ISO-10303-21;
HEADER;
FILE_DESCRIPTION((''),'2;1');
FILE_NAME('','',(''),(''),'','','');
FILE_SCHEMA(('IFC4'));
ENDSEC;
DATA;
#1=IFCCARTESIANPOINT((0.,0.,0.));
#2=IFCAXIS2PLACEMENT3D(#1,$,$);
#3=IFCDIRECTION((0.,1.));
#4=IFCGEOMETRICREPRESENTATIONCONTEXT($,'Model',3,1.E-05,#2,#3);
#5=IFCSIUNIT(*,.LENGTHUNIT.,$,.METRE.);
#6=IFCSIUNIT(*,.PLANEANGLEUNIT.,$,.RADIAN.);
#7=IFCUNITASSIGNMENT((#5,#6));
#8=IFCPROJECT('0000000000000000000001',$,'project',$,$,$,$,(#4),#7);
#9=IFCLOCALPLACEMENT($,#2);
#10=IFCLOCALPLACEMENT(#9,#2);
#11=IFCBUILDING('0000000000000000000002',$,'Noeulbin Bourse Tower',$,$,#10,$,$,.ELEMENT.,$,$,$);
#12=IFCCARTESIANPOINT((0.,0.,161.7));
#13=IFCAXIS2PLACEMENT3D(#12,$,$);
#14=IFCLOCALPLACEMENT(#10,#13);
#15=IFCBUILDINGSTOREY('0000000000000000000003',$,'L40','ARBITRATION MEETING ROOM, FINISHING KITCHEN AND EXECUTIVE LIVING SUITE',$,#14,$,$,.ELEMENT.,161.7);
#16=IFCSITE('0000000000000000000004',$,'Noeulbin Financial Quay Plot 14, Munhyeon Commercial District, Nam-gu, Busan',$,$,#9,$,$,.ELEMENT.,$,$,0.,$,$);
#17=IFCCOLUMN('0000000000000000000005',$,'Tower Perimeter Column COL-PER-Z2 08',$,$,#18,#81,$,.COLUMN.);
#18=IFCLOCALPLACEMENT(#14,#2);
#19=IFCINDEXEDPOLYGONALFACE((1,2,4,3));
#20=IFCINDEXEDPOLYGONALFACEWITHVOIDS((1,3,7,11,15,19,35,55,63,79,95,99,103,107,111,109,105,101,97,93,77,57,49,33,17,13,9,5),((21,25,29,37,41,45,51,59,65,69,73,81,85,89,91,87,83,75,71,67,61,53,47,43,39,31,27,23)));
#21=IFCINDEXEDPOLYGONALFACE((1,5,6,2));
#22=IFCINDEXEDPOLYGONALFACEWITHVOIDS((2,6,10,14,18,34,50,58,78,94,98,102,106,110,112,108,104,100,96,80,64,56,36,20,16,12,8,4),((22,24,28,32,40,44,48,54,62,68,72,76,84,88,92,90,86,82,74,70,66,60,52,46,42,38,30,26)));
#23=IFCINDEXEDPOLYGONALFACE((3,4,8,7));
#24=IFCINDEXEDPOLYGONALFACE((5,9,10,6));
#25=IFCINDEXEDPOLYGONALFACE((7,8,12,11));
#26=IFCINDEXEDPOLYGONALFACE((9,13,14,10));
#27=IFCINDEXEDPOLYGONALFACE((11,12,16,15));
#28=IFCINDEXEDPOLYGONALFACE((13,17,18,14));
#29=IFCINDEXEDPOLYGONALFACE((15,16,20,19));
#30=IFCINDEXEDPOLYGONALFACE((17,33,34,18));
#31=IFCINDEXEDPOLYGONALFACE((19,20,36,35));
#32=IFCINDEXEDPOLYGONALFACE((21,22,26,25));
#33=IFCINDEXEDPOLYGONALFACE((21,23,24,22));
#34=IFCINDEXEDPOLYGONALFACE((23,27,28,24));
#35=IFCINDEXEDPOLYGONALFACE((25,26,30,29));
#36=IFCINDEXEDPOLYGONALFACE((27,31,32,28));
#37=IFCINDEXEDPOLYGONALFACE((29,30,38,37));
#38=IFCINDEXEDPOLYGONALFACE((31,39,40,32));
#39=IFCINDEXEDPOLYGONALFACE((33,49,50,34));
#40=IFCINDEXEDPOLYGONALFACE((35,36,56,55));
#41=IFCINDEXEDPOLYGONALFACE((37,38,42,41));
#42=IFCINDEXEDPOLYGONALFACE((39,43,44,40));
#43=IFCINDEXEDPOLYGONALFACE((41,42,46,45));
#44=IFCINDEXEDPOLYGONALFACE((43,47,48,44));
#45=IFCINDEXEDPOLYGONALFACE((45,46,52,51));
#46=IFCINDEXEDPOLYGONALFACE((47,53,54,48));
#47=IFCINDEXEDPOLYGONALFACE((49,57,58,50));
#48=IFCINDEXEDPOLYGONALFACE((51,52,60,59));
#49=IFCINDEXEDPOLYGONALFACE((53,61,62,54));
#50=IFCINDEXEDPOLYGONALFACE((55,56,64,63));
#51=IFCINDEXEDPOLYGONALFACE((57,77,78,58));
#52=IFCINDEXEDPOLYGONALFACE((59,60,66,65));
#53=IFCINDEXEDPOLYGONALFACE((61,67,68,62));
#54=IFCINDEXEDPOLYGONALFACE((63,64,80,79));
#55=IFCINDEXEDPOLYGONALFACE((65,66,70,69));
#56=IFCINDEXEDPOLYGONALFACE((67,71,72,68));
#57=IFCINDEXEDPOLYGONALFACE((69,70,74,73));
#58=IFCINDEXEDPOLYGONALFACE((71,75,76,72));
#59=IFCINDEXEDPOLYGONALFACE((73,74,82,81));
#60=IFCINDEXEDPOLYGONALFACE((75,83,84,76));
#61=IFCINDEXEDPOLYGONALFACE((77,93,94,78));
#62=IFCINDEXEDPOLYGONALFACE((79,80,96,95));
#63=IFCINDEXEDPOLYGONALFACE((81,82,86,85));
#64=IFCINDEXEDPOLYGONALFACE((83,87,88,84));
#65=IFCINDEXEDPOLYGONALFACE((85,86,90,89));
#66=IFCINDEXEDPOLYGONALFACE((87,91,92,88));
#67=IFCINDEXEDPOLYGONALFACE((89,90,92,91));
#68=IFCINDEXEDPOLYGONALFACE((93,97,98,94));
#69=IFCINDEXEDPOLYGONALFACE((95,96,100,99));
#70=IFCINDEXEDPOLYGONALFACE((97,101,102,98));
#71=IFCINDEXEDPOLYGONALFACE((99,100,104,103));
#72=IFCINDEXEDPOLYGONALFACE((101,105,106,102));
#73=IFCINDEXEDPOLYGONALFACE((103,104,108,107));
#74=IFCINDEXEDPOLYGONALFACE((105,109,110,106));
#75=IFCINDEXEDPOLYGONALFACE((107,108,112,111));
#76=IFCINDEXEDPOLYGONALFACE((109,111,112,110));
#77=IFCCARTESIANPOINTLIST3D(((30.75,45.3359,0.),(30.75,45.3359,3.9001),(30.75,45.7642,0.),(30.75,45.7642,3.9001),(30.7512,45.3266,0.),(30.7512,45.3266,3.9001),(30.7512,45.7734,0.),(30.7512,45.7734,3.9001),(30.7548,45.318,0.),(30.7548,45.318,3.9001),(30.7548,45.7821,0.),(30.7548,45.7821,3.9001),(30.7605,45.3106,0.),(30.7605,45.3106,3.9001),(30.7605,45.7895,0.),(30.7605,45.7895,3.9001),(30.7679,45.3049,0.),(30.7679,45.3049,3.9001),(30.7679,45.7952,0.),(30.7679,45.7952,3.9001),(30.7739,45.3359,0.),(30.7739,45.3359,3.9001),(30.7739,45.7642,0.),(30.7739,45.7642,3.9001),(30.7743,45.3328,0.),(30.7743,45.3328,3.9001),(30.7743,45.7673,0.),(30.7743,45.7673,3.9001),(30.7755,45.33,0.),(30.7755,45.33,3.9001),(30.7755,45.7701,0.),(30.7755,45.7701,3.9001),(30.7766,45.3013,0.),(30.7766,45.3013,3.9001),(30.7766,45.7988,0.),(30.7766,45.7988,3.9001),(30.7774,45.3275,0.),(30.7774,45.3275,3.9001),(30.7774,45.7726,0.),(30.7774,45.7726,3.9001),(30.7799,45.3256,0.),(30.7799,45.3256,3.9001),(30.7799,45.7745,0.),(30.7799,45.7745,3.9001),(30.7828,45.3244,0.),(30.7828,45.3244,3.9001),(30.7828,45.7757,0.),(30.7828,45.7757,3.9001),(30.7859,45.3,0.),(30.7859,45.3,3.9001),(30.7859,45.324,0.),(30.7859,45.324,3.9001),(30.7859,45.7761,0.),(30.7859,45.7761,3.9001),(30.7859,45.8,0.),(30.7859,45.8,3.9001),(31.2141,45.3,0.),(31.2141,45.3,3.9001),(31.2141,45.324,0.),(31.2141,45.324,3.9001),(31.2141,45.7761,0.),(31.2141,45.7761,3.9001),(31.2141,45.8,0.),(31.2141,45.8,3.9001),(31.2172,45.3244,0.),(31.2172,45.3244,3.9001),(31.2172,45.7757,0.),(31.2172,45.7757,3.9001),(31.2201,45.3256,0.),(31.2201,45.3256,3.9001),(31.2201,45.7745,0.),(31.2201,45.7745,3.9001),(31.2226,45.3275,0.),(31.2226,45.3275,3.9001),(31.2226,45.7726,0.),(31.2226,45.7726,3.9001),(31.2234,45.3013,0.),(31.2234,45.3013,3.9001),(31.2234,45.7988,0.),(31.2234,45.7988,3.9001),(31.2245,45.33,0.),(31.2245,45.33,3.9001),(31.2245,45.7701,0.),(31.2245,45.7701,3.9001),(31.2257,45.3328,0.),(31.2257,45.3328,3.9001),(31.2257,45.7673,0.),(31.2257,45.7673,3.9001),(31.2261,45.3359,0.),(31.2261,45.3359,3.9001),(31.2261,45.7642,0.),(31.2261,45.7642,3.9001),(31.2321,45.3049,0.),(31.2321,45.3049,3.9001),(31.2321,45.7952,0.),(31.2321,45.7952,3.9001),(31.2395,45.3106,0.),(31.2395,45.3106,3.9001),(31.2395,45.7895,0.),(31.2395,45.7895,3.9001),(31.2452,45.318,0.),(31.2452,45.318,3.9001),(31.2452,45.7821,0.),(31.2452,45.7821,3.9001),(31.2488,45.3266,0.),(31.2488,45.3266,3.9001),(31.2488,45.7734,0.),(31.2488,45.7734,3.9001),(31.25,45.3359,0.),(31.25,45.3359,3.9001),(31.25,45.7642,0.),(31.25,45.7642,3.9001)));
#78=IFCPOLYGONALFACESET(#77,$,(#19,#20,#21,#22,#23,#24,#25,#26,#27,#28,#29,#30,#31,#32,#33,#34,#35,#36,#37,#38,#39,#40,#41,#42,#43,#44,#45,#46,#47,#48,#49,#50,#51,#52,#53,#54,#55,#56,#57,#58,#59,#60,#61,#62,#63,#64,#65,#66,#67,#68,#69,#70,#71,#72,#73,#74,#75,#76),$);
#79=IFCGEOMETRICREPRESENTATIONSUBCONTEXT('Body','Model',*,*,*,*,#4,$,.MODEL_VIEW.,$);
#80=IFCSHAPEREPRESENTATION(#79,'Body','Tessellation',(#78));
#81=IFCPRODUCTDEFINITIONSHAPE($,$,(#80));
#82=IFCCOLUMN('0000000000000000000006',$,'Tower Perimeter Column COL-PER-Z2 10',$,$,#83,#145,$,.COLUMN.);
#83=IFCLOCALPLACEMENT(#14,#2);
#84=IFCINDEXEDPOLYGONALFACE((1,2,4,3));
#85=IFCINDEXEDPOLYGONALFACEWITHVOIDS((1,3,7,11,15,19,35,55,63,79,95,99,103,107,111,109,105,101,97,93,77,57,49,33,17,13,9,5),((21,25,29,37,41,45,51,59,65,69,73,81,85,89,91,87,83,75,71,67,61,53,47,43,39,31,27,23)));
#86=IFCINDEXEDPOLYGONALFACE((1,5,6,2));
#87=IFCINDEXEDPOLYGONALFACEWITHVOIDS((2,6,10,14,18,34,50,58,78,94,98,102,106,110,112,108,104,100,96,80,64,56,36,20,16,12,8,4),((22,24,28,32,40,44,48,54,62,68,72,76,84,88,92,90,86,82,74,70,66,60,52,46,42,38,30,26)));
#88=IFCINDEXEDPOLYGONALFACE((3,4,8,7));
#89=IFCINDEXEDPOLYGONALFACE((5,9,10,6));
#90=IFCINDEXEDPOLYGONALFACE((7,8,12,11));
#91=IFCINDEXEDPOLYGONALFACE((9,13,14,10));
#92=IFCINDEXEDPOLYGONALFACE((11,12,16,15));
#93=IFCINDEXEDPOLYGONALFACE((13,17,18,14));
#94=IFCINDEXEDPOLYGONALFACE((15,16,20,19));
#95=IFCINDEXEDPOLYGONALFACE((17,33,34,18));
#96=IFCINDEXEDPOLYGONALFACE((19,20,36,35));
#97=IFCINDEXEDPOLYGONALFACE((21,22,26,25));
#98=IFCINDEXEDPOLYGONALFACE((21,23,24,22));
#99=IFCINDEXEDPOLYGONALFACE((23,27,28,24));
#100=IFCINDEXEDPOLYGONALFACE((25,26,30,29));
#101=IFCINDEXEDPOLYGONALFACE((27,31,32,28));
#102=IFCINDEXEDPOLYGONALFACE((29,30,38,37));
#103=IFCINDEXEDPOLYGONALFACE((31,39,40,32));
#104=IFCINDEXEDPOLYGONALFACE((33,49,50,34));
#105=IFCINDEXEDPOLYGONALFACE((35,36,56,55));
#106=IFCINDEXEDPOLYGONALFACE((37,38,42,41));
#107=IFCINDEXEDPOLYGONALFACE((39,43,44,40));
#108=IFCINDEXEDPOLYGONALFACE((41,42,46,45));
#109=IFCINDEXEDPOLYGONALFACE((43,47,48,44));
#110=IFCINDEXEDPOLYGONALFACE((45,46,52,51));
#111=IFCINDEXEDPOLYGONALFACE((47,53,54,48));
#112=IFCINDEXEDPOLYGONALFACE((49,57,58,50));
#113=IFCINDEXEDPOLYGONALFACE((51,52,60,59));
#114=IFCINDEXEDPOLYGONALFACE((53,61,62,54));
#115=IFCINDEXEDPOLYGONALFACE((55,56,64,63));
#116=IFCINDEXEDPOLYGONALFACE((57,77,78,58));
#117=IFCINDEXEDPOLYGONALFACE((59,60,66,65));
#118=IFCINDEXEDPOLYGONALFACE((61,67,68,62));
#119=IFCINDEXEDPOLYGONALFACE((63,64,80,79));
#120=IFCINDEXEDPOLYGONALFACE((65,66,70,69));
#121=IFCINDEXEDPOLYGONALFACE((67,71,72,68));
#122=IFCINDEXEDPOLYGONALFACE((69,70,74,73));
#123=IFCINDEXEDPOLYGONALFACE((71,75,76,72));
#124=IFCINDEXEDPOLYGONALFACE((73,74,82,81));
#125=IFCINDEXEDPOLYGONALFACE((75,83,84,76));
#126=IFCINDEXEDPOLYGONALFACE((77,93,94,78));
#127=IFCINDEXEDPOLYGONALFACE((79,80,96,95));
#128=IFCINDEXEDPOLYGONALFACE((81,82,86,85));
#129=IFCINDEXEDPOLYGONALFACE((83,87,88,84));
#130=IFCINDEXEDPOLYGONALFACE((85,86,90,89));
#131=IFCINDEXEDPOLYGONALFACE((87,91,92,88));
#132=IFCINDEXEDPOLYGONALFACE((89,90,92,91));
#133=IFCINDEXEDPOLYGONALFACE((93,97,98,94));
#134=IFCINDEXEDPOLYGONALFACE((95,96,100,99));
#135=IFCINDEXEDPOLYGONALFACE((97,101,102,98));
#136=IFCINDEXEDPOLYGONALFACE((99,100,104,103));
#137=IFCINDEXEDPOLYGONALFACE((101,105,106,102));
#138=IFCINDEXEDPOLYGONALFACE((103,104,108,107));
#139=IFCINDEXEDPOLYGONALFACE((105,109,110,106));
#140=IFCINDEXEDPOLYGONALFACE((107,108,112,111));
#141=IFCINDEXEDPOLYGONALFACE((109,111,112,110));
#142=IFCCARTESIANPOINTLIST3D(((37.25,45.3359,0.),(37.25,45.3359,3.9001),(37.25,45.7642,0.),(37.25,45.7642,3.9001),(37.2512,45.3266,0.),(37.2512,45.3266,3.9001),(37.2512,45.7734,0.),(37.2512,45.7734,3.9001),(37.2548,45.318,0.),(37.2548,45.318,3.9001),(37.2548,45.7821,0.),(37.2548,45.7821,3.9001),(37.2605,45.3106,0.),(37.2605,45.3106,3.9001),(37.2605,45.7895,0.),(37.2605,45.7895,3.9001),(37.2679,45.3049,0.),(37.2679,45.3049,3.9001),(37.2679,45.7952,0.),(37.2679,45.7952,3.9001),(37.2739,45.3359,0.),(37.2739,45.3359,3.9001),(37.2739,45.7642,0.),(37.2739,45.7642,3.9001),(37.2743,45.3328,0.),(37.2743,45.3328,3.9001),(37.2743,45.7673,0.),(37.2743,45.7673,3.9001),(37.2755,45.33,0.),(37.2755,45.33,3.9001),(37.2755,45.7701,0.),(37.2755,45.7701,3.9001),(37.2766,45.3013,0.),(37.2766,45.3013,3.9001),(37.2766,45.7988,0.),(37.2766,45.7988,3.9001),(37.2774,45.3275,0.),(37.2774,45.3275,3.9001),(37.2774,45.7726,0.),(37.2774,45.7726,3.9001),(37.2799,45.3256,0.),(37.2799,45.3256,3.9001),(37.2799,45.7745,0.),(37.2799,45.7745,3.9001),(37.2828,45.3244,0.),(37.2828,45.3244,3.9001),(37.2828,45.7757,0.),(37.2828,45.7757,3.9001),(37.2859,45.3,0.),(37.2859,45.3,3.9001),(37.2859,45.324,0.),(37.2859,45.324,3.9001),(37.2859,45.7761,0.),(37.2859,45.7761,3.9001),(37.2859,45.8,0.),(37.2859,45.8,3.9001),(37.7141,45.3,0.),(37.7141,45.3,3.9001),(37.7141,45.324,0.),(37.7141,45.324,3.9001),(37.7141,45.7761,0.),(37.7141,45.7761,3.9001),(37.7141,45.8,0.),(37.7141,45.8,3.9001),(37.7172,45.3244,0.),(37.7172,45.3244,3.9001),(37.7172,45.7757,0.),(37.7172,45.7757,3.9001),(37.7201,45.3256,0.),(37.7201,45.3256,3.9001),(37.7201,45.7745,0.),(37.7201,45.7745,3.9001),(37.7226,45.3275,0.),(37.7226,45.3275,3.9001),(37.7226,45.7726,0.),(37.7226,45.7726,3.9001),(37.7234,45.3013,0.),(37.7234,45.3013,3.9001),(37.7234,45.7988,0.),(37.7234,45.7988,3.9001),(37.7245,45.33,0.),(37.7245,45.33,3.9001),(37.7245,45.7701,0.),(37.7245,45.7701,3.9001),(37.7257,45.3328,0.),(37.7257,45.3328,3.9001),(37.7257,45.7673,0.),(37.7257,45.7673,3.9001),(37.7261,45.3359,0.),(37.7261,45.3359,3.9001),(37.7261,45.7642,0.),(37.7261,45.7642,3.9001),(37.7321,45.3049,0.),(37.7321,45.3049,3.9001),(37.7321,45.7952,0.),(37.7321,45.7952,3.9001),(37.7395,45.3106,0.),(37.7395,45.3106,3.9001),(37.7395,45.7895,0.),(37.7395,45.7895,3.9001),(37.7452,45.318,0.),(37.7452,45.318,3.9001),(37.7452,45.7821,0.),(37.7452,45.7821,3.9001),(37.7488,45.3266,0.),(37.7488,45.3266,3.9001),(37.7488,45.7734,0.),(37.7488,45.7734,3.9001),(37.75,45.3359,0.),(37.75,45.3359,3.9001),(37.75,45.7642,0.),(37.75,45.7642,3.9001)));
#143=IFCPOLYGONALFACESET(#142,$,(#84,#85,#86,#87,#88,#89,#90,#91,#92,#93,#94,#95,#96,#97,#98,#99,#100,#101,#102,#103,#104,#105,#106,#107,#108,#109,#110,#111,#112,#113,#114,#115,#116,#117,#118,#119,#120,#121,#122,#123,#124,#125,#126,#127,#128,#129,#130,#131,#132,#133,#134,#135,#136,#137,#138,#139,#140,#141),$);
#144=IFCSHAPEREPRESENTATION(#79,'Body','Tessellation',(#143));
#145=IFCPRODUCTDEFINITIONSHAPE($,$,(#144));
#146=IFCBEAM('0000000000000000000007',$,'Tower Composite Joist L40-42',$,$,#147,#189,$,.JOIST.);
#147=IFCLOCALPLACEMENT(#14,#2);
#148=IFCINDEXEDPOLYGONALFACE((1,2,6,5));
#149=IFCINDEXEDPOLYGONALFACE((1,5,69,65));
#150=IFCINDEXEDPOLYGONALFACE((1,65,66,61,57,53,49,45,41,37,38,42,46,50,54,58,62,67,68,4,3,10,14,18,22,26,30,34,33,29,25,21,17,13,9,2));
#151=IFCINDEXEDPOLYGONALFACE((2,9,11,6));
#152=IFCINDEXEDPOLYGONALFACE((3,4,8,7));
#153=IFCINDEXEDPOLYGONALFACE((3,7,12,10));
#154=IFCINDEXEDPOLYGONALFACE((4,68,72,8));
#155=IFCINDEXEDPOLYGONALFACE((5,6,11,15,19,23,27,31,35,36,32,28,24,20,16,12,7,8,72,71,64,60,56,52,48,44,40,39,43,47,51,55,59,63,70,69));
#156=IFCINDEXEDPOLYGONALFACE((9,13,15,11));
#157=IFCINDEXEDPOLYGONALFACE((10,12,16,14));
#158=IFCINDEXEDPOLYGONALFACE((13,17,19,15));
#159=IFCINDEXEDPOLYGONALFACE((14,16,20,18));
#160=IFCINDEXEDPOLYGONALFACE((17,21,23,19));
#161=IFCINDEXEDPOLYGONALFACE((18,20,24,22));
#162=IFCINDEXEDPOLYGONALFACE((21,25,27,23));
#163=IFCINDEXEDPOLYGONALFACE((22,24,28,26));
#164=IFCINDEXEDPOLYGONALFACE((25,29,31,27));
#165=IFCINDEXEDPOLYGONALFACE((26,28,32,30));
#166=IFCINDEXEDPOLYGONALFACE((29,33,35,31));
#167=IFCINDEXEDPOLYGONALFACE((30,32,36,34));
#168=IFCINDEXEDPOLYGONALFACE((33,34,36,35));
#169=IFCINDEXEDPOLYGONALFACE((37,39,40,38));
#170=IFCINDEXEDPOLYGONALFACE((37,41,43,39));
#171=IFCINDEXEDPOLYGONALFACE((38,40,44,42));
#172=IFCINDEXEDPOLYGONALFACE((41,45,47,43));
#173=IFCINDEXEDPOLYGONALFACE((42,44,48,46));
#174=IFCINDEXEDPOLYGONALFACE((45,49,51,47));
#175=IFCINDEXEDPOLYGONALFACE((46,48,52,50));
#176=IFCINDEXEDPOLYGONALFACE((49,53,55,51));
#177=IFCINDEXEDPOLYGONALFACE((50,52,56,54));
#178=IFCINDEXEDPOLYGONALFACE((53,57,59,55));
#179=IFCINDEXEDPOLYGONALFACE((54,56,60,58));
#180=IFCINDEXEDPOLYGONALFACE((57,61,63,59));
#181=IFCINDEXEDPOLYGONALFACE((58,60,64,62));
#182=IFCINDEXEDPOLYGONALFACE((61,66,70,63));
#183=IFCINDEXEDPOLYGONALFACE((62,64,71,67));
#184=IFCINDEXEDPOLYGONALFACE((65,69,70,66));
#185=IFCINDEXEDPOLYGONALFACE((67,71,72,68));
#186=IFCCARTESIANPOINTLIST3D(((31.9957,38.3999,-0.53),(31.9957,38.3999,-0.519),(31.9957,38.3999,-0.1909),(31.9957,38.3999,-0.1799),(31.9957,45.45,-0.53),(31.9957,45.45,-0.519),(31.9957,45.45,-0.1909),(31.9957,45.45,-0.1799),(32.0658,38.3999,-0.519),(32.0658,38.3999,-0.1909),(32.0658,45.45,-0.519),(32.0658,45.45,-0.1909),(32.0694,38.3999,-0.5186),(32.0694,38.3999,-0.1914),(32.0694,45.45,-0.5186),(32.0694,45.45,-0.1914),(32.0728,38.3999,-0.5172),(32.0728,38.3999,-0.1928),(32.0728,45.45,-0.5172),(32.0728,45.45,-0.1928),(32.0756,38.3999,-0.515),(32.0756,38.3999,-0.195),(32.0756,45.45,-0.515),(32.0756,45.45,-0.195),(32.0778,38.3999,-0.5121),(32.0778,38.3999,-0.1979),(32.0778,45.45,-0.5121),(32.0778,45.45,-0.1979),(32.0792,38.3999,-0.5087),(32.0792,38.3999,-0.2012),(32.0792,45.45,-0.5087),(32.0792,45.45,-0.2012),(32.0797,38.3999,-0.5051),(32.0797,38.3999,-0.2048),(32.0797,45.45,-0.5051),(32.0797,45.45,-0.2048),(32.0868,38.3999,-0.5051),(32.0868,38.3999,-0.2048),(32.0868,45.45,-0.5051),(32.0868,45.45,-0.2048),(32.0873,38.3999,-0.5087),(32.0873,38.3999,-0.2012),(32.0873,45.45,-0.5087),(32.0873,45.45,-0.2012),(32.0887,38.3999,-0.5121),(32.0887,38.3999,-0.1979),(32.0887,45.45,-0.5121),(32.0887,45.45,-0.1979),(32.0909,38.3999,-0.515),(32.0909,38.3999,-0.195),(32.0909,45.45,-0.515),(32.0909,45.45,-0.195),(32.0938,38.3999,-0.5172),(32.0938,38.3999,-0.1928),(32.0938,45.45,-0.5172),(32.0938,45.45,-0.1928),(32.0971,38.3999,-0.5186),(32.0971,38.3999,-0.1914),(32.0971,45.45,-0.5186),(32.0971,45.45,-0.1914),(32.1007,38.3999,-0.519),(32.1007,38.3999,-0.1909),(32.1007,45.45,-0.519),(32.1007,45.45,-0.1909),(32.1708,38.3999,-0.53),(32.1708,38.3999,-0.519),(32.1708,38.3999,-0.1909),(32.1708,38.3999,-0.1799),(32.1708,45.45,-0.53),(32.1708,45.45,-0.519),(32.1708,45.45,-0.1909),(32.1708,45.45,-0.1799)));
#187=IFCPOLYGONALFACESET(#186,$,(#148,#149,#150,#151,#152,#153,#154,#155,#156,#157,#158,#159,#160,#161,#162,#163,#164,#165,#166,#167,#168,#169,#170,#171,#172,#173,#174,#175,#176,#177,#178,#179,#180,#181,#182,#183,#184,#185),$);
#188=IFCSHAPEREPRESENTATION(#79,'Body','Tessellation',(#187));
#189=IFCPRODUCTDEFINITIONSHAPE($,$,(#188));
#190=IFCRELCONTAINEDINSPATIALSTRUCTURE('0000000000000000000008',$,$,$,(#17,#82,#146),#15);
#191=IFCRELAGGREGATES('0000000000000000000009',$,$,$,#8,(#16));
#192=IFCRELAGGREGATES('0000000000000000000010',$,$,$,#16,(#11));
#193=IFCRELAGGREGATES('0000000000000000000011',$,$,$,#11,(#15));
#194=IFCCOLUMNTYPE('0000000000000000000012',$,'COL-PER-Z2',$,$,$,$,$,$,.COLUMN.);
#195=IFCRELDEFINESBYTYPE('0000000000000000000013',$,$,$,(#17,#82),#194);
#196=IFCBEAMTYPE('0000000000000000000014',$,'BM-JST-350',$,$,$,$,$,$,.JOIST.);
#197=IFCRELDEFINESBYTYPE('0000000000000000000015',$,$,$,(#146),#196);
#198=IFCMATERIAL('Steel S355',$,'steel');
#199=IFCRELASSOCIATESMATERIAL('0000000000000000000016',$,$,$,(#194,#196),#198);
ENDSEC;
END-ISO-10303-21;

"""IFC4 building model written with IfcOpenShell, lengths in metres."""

from ifc_helpers import new_model, si_unit, direction, frame, origin, origin_2d, place, context, subcontext, project, spatial, hollow_rectangle, i_section, extrude, material, material_profile, profile_set, type_object, element, save


model = new_model("IFC4")

# Units and contexts
model_context = context("Model", 3, precision=1e-05, world=origin(), true_north=direction((0.0, 1.0)))
body_context = subcontext(model_context, "Body", "Model", "MODEL_VIEW")
ifc_project = project(units=[si_unit("LENGTHUNIT", "METRE"), si_unit("PLANEANGLEUNIT", "RADIAN")], contexts=[model_context])

# Site, building, storey
site_placement = place(None, origin())
site = spatial("IfcSite", under=ifc_project, at=site_placement, Name="Noeulbin Financial Quay Plot 14, Munhyeon Commercial District, Nam-gu, Busan", CompositionType="ELEMENT", RefElevation=0.0)
building_placement = place(site_placement, origin())
building = spatial("IfcBuilding", under=site, at=building_placement, Name="Noeulbin Bourse Tower", CompositionType="ELEMENT")
storey_placement = place(building_placement, frame((0.0, 0.0, 161.7)))
storey = spatial("IfcBuildingStorey", under=building, at=storey_placement, Name="L40", Description="ARBITRATION MEETING ROOM, FINISHING KITCHEN AND EXECUTIVE LIVING SUITE", CompositionType="ELEMENT", Elevation=161.7)

# Columns
ifc_material_1 = material(Name="Steel S355", Category="steel")
ifc_material_profile_1 = material_profile(ifc_material_1, hollow_rectangle(XDim=0.5, YDim=0.5, WallThickness=0.0239, InnerFilletRadius=0.012, OuterFilletRadius=0.0359, at=origin_2d()), Name="BOX-500x500x24", Category="LoadBearing")
ifc_profile_set_1 = profile_set([ifc_material_profile_1], Name="Steel S355")
column_type = type_object("IfcColumnType", Name="COL-PER-Z2", PredefinedType="COLUMN", material=ifc_profile_set_1)
for number, where, z_axis, x_axis, name in (
    (1, (31.0, 45.55, 0.0), (0.0, 0.0, 1.0), (1.0, 0.0, 0.0), "Tower Perimeter Column COL-PER-Z2 08"),
    (2, (37.5, 45.55, 0.0), (0.0, 0.0, 1.0), (1.0, 0.0, 0.0), "Tower Perimeter Column COL-PER-Z2 10"),
):
    element("IfcColumn", number, at=place(storey_placement, frame(where, z_axis=z_axis, x_axis=x_axis)), inside=storey, type_object=column_type, Name=name, PredefinedType="COLUMN", context=body_context, shape_type="SweptSolid", body=[
        extrude(hollow_rectangle(XDim=0.5, YDim=0.5, WallThickness=0.0239, InnerFilletRadius=0.012, OuterFilletRadius=0.0359, at=origin_2d()), origin(), (0.0, 0.0, 1.0), 3.9001),
    ])

# Beam
ifc_material_profile_2 = material_profile(ifc_material_1, i_section(OverallWidth=0.175, OverallDepth=0.3501, WebThickness=0.0071, FlangeThickness=0.011, FilletRadius=0.0139, at=origin_2d()), Name="H-350x175x7x11", Category="LoadBearing")
ifc_profile_set_2 = profile_set([ifc_material_profile_2], Name="Steel S355")
beam_type_1 = type_object("IfcBeamType", Name="BM-JST-350", PredefinedType="JOIST", material=ifc_profile_set_2)
for number, where, z_axis, x_axis, name in (
    (3, (32.0833, 38.3999, -0.355), (0.0, 1.0, 0.0), (-1.0, 0.0, 0.0), "Tower Composite Joist L40-42"),
):
    element("IfcBeam", number, at=place(storey_placement, frame(where, z_axis=z_axis, x_axis=x_axis)), inside=storey, type_object=beam_type_1, Name=name, PredefinedType="JOIST", context=body_context, shape_type="SweptSolid", body=[
        extrude(i_section(OverallWidth=0.175, OverallDepth=0.3501, WebThickness=0.0071, FlangeThickness=0.011, FilletRadius=0.0139, at=origin_2d()), origin(), (0.0, 0.0, 1.0), 7.05),
    ])

save(model, "model.ifc")
